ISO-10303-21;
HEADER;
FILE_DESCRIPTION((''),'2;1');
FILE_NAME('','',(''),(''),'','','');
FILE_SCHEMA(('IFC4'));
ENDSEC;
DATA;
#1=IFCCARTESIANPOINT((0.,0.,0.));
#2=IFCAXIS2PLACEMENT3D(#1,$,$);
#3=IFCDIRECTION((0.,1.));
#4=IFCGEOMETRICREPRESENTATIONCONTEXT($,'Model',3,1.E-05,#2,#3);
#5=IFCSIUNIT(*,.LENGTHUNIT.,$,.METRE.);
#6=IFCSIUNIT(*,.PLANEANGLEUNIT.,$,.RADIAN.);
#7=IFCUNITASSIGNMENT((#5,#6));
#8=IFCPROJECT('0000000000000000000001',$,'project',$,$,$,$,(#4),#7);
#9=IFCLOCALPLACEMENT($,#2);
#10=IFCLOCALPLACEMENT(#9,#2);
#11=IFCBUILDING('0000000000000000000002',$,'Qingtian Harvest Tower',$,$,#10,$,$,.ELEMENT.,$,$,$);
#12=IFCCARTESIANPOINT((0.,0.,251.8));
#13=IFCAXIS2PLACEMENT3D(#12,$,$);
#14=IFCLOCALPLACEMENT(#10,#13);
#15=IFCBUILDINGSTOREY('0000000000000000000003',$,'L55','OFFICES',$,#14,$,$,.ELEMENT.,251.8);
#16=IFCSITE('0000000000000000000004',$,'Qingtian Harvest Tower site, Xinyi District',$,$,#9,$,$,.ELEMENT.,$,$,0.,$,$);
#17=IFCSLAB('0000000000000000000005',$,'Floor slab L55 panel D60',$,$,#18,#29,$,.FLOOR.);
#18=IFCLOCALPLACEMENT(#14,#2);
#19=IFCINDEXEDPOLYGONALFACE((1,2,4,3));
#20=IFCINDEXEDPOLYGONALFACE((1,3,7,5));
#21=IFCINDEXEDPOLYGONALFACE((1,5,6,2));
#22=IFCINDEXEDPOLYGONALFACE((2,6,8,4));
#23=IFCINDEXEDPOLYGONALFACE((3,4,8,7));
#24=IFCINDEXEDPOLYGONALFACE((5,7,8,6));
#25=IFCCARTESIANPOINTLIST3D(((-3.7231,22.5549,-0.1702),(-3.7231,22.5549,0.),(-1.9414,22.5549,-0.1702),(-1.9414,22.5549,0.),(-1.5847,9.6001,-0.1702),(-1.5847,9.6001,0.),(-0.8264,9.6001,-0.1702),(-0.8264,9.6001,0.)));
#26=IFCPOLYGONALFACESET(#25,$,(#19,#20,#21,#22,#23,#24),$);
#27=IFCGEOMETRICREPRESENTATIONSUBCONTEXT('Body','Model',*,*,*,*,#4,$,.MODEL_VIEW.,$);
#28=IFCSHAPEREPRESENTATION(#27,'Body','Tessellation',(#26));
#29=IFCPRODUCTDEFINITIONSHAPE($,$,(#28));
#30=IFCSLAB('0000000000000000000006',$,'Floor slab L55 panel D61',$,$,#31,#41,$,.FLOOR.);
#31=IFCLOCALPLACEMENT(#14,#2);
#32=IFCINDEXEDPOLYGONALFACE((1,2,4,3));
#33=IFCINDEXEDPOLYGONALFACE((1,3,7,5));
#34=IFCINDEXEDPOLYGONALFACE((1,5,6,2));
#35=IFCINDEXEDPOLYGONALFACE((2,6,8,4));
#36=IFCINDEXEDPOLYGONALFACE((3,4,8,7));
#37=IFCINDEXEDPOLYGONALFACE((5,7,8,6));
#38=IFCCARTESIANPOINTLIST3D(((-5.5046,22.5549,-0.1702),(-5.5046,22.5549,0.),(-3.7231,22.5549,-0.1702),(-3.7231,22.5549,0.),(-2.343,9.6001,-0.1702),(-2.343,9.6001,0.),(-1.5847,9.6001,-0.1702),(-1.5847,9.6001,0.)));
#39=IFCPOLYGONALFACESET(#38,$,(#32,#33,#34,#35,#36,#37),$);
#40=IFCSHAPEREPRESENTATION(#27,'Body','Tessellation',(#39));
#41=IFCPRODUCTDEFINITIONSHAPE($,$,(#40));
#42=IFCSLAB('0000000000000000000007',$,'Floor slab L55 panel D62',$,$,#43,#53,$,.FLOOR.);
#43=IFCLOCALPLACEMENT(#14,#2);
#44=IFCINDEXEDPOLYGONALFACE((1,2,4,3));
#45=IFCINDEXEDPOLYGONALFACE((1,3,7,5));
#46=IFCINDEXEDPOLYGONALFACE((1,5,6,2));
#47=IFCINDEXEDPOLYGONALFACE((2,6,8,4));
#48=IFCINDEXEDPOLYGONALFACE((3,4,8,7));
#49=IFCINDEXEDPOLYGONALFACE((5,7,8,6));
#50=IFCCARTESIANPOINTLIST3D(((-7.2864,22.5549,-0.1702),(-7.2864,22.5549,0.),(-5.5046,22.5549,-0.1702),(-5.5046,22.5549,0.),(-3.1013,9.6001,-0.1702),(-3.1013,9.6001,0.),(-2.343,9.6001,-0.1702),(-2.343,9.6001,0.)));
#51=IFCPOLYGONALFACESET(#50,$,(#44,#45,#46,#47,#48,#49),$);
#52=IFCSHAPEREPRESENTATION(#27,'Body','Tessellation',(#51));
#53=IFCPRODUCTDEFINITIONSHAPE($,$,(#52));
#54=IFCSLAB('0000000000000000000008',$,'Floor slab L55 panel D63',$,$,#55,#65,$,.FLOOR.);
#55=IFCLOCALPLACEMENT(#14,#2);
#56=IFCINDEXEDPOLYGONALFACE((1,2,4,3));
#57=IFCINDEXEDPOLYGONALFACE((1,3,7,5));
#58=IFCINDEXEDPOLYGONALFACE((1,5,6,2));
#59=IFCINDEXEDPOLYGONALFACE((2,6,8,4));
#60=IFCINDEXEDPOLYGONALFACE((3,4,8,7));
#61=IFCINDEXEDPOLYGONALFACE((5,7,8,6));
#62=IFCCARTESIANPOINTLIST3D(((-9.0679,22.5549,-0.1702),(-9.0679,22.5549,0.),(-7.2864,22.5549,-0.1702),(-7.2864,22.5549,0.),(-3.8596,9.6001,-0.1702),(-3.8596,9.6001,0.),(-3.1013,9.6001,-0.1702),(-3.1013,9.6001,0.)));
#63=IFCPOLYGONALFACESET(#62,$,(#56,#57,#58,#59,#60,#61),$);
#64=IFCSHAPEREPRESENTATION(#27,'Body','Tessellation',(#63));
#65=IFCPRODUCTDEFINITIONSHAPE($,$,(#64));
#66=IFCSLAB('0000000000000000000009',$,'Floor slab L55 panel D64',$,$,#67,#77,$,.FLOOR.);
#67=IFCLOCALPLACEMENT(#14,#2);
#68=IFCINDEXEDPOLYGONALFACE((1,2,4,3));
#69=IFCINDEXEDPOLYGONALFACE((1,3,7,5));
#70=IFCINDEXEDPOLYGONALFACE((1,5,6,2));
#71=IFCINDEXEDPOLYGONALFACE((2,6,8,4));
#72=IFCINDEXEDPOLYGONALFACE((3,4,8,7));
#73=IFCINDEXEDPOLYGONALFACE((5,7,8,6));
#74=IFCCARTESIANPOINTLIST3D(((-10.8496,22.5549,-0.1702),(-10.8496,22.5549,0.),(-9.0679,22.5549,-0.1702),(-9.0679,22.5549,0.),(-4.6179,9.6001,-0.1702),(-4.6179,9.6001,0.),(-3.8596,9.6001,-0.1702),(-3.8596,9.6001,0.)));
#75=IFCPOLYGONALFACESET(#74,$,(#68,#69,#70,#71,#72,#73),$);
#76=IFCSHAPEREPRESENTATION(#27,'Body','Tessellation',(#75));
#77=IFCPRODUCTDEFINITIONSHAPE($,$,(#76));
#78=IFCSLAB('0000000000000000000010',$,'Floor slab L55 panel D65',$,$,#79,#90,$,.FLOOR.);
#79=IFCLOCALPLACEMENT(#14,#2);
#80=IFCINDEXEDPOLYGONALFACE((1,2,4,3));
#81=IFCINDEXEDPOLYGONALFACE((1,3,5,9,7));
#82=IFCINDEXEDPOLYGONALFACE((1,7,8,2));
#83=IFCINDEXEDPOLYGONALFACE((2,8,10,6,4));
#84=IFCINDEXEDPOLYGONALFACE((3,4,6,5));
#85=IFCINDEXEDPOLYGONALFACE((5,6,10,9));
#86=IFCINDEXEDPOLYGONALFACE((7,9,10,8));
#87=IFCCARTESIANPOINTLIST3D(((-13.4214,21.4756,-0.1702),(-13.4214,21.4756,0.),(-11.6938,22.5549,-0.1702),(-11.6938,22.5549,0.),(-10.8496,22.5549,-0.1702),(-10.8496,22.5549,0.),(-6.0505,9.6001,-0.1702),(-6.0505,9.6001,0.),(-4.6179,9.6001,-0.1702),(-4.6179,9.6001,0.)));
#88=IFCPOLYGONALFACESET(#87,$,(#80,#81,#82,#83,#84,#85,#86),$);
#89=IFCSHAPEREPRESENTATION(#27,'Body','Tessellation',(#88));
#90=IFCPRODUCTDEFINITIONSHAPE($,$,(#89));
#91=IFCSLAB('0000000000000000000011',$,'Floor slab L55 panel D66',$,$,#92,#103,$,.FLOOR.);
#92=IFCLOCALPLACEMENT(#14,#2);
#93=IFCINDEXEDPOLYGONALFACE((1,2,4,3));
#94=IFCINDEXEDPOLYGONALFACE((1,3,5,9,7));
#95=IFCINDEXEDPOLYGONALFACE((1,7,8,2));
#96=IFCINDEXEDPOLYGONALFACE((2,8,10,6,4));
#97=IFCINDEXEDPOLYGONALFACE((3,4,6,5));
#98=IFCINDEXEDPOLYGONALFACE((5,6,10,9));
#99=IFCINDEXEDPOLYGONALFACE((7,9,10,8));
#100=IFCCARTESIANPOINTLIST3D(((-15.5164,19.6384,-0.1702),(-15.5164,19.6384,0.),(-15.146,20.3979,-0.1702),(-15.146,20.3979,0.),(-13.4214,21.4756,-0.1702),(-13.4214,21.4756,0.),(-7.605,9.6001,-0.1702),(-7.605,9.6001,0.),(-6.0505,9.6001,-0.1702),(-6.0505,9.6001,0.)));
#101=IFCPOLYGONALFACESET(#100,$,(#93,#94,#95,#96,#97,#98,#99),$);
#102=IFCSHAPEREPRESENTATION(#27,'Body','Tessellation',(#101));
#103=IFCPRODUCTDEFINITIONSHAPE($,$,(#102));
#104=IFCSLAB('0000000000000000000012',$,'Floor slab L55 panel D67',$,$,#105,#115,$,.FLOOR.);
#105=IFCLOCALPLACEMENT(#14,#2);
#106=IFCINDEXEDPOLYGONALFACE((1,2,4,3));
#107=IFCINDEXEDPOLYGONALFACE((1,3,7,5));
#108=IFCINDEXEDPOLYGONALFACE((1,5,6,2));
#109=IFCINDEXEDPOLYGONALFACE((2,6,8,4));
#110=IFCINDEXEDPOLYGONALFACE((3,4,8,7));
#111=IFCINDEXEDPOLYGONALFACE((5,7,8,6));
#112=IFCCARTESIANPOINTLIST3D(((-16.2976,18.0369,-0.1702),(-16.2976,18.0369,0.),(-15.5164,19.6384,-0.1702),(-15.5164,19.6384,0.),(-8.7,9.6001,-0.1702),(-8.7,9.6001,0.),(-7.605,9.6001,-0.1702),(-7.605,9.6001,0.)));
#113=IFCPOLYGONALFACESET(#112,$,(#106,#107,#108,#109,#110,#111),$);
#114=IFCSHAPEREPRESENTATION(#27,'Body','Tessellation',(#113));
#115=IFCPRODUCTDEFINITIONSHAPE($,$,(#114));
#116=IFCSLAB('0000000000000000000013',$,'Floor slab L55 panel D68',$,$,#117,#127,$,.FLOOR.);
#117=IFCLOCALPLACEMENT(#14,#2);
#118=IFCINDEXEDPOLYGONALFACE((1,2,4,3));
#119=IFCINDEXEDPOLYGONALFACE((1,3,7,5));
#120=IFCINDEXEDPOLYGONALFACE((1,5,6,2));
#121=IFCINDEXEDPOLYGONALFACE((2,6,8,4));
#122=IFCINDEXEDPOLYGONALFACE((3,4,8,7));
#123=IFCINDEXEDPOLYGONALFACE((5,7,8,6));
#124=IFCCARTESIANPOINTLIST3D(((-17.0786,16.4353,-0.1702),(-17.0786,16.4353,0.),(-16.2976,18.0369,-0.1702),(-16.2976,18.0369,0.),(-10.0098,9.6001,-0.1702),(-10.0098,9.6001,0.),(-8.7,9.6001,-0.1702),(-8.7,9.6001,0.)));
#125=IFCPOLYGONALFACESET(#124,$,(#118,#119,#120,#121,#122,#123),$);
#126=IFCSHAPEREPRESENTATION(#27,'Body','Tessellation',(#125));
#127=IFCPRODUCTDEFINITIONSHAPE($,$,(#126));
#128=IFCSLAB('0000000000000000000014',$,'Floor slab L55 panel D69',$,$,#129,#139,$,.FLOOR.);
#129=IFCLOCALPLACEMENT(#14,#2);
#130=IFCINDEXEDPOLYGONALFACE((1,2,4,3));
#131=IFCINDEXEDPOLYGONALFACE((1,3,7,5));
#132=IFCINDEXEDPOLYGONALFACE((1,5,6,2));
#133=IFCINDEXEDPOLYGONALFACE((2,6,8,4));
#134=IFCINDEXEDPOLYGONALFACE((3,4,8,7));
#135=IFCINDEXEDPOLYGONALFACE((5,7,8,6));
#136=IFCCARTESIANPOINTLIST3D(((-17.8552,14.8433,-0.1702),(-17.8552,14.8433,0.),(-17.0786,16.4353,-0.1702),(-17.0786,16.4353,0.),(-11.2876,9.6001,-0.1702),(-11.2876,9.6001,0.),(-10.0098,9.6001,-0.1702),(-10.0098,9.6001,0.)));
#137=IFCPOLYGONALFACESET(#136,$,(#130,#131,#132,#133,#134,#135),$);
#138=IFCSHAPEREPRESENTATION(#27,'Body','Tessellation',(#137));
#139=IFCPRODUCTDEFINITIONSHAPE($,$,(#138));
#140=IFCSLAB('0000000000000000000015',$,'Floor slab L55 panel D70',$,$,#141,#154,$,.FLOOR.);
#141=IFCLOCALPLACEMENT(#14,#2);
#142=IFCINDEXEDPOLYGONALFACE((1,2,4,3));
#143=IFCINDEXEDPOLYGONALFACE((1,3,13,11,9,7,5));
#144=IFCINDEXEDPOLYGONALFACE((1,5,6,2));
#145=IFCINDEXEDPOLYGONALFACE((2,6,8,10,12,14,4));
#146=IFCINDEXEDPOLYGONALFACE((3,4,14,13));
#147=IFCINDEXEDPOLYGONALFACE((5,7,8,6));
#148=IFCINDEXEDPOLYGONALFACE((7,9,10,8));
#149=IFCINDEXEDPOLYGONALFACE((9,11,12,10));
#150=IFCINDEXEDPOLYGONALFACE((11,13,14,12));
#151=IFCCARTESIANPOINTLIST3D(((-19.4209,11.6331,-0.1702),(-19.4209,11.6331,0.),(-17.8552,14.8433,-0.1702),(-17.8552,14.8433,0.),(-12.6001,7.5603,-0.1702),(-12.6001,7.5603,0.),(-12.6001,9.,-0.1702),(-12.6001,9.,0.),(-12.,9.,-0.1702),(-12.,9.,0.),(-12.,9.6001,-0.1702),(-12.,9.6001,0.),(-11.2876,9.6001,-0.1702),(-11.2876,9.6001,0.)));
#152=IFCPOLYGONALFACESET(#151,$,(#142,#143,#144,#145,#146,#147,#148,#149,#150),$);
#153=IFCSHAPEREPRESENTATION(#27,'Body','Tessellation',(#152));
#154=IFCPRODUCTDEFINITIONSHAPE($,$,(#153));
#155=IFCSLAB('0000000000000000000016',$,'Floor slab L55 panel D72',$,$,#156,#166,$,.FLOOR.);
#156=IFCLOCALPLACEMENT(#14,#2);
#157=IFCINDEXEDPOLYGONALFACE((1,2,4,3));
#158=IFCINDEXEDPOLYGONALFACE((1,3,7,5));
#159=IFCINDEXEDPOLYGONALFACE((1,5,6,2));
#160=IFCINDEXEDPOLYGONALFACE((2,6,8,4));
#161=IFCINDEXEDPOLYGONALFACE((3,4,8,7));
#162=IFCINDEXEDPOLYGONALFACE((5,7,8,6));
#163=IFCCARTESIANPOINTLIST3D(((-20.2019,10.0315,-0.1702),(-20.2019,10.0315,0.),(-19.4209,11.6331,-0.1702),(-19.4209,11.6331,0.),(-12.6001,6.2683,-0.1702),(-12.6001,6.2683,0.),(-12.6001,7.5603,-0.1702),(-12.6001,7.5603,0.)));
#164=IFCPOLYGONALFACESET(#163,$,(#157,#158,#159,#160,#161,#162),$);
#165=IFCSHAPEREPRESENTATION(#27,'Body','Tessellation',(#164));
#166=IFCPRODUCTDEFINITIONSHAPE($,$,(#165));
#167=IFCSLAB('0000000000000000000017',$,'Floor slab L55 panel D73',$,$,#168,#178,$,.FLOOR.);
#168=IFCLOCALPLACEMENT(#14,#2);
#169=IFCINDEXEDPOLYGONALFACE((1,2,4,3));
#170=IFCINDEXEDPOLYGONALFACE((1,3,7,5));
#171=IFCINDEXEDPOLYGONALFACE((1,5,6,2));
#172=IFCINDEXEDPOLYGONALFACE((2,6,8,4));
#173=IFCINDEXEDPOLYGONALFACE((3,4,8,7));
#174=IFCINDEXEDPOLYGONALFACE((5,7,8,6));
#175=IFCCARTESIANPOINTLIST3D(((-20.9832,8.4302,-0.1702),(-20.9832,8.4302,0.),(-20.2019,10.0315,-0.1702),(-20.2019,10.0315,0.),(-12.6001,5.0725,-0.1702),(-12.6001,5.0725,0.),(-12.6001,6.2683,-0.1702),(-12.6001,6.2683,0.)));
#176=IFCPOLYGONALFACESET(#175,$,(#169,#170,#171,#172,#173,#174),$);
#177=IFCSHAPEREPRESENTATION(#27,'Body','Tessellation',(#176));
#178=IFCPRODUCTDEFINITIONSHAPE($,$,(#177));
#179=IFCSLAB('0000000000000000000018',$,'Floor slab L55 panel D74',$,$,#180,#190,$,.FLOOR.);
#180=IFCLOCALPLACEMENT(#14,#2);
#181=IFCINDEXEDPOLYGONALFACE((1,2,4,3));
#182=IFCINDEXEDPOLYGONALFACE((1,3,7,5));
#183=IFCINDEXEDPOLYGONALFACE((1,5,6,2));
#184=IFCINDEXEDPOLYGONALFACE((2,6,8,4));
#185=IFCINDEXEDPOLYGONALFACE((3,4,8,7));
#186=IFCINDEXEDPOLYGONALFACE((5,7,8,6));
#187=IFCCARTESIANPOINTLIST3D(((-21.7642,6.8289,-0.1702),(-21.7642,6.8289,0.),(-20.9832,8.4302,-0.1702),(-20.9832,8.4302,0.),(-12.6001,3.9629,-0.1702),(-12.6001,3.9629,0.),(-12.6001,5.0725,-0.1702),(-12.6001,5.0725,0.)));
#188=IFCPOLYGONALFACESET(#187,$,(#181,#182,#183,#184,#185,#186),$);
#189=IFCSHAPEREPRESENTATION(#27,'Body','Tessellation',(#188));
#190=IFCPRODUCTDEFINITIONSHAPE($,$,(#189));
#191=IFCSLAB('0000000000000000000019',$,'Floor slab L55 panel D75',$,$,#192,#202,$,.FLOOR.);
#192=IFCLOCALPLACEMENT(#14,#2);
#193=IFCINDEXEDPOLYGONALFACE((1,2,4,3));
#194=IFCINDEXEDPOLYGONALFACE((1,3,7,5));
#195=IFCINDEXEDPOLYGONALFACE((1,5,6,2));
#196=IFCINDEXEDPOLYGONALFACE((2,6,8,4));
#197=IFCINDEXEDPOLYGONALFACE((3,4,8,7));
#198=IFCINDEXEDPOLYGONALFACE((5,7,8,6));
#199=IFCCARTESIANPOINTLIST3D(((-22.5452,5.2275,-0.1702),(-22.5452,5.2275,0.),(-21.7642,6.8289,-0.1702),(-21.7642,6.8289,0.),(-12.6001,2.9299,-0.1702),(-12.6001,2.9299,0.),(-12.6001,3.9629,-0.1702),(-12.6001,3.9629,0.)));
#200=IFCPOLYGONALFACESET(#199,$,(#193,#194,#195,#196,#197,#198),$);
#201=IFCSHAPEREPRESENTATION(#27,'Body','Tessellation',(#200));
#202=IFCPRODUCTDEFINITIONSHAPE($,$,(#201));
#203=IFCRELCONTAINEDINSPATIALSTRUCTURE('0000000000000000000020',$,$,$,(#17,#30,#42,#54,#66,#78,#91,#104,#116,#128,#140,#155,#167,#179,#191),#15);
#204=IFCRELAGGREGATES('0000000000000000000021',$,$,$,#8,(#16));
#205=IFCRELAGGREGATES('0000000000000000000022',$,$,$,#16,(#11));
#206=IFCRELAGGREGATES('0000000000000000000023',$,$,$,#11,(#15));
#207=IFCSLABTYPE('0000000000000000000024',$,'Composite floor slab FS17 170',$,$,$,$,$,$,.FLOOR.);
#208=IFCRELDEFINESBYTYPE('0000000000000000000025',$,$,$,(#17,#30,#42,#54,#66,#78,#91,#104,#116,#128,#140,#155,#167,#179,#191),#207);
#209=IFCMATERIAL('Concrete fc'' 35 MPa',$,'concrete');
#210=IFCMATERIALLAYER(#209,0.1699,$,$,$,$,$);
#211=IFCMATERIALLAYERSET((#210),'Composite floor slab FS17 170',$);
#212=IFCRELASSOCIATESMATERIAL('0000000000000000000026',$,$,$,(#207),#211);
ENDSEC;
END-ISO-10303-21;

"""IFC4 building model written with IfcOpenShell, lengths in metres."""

from ifc_helpers import new_model, si_unit, direction, frame, origin, place, context, subcontext, project, spatial, polyline, outline, extrude, material, layer, layer_set, type_object, element, save


model = new_model("IFC4")

# Units and contexts
model_context = context("Model", 3, precision=1e-05, world=origin(), true_north=direction((0.0, 1.0)))
body_context = subcontext(model_context, "Body", "Model", "MODEL_VIEW")
ifc_project = project(units=[si_unit("LENGTHUNIT", "METRE"), si_unit("PLANEANGLEUNIT", "RADIAN")], contexts=[model_context])

# Site, building, storey
site_placement = place(None, origin())
site = spatial("IfcSite", under=ifc_project, at=site_placement, Name="Qingtian Harvest Tower site, Xinyi District", CompositionType="ELEMENT", RefElevation=0.0)
building_placement = place(site_placement, origin())
building = spatial("IfcBuilding", under=site, at=building_placement, Name="Qingtian Harvest Tower", CompositionType="ELEMENT")
storey_placement = place(building_placement, frame((0.0, 0.0, 251.8)))
storey = spatial("IfcBuildingStorey", under=building, at=storey_placement, Name="L55", Description="OFFICES", CompositionType="ELEMENT", Elevation=251.8)

# Slabs
ifc_material_1 = material(Name="Concrete fc' 35 MPa", Category="concrete")
ifc_layer_1 = layer(ifc_material_1, 0.1699)
ifc_layer_set_1 = layer_set([ifc_layer_1], Name="Composite floor slab FS17 170")
slab_type = type_object("IfcSlabType", Name="Composite floor slab FS17 170", PredefinedType="FLOOR", material=ifc_layer_set_1)
slab_1_placement = place(storey_placement, frame((0.0, 0.0, -0.1702)))
element("IfcSlab", 1, at=slab_1_placement, inside=storey, type_object=slab_type, Name="Floor slab L55 panel D60", PredefinedType="FLOOR", context=body_context, shape_type="SweptSolid", body=[
    extrude(outline(polyline([(-1.5847, 9.6001), (-3.7231, 22.5549), (-1.9414, 22.5549), (-0.8264, 9.6001), (-1.5847, 9.6001)])), origin(), (0.0, 0.0, 1.0), 0.1702),
])
slab_2_placement = place(storey_placement, frame((0.0, 0.0, -0.1702)))
element("IfcSlab", 2, at=slab_2_placement, inside=storey, type_object=slab_type, Name="Floor slab L55 panel D61", PredefinedType="FLOOR", context=body_context, shape_type="SweptSolid", body=[
    extrude(outline(polyline([(-2.343, 9.6001), (-5.5046, 22.5549), (-3.7231, 22.5549), (-1.5847, 9.6001), (-2.343, 9.6001)])), origin(), (0.0, 0.0, 1.0), 0.1702),
])
slab_3_placement = place(storey_placement, frame((0.0, 0.0, -0.1702)))
element("IfcSlab", 3, at=slab_3_placement, inside=storey, type_object=slab_type, Name="Floor slab L55 panel D62", PredefinedType="FLOOR", context=body_context, shape_type="SweptSolid", body=[
    extrude(outline(polyline([(-3.1013, 9.6001), (-7.2864, 22.5549), (-5.5046, 22.5549), (-2.343, 9.6001), (-3.1013, 9.6001)])), origin(), (0.0, 0.0, 1.0), 0.1702),
])
slab_4_placement = place(storey_placement, frame((0.0, 0.0, -0.1702)))
element("IfcSlab", 4, at=slab_4_placement, inside=storey, type_object=slab_type, Name="Floor slab L55 panel D63", PredefinedType="FLOOR", context=body_context, shape_type="SweptSolid", body=[
    extrude(outline(polyline([(-3.8596, 9.6001), (-9.0679, 22.5549), (-7.2864, 22.5549), (-3.1013, 9.6001), (-3.8596, 9.6001)])), origin(), (0.0, 0.0, 1.0), 0.1702),
])
slab_5_placement = place(storey_placement, frame((0.0, 0.0, -0.1702)))
element("IfcSlab", 5, at=slab_5_placement, inside=storey, type_object=slab_type, Name="Floor slab L55 panel D64", PredefinedType="FLOOR", context=body_context, shape_type="SweptSolid", body=[
    extrude(outline(polyline([(-4.6179, 9.6001), (-10.8496, 22.5549), (-9.0679, 22.5549), (-3.8596, 9.6001), (-4.6179, 9.6001)])), origin(), (0.0, 0.0, 1.0), 0.1702),
])
slab_6_placement = place(storey_placement, frame((0.0, 0.0, -0.1702)))
element("IfcSlab", 6, at=slab_6_placement, inside=storey, type_object=slab_type, Name="Floor slab L55 panel D65", PredefinedType="FLOOR", context=body_context, shape_type="SweptSolid", body=[
    extrude(outline(polyline([(-4.6179, 9.6001), (-6.0505, 9.6001), (-13.4214, 21.4756), (-11.6938, 22.5549), (-10.8496, 22.5549), (-4.6179, 9.6001)])), origin(), (0.0, 0.0, 1.0), 0.1702),
])
slab_7_placement = place(storey_placement, frame((0.0, 0.0, -0.1702)))
element("IfcSlab", 7, at=slab_7_placement, inside=storey, type_object=slab_type, Name="Floor slab L55 panel D66", PredefinedType="FLOOR", context=body_context, shape_type="SweptSolid", body=[
    extrude(outline(polyline([(-6.0505, 9.6001), (-7.605, 9.6001), (-15.5164, 19.6384), (-15.146, 20.3979), (-13.4214, 21.4756), (-6.0505, 9.6001)])), origin(), (0.0, 0.0, 1.0), 0.1702),
])
slab_8_placement = place(storey_placement, frame((0.0, 0.0, -0.1702)))
element("IfcSlab", 8, at=slab_8_placement, inside=storey, type_object=slab_type, Name="Floor slab L55 panel D67", PredefinedType="FLOOR", context=body_context, shape_type="SweptSolid", body=[
    extrude(outline(polyline([(-8.7, 9.6001), (-16.2976, 18.0369), (-15.5164, 19.6384), (-7.605, 9.6001), (-8.7, 9.6001)])), origin(), (0.0, 0.0, 1.0), 0.1702),
])
slab_9_placement = place(storey_placement, frame((0.0, 0.0, -0.1702)))
element("IfcSlab", 9, at=slab_9_placement, inside=storey, type_object=slab_type, Name="Floor slab L55 panel D68", PredefinedType="FLOOR", context=body_context, shape_type="SweptSolid", body=[
    extrude(outline(polyline([(-10.0098, 9.6001), (-17.0786, 16.4353), (-16.2976, 18.0369), (-8.7, 9.6001), (-10.0098, 9.6001)])), origin(), (0.0, 0.0, 1.0), 0.1702),
])
slab_10_placement = place(storey_placement, frame((0.0, 0.0, -0.1702)))
element("IfcSlab", 10, at=slab_10_placement, inside=storey, type_object=slab_type, Name="Floor slab L55 panel D69", PredefinedType="FLOOR", context=body_context, shape_type="SweptSolid", body=[
    extrude(outline(polyline([(-11.2876, 9.6001), (-17.8552, 14.8433), (-17.0786, 16.4353), (-10.0098, 9.6001), (-11.2876, 9.6001)])), origin(), (0.0, 0.0, 1.0), 0.1702),
])
slab_11_placement = place(storey_placement, frame((0.0, 0.0, -0.1702)))
element("IfcSlab", 11, at=slab_11_placement, inside=storey, type_object=slab_type, Name="Floor slab L55 panel D70", PredefinedType="FLOOR", context=body_context, shape_type="SweptSolid", body=[
    extrude(outline(polyline([(-12.0, 9.0), (-12.6001, 9.0), (-12.6001, 7.5603), (-19.4209, 11.6331), (-17.8552, 14.8433), (-11.2876, 9.6001), (-12.0, 9.6001), (-12.0, 9.0)])), origin(), (0.0, 0.0, 1.0), 0.1702),
])
slab_12_placement = place(storey_placement, frame((0.0, 0.0, -0.1702)))
element("IfcSlab", 12, at=slab_12_placement, inside=storey, type_object=slab_type, Name="Floor slab L55 panel D72", PredefinedType="FLOOR", context=body_context, shape_type="SweptSolid", body=[
    extrude(outline(polyline([(-12.6001, 6.2683), (-20.2019, 10.0315), (-19.4209, 11.6331), (-12.6001, 7.5603), (-12.6001, 6.2683)])), origin(), (0.0, 0.0, 1.0), 0.1702),
])
slab_13_placement = place(storey_placement, frame((0.0, 0.0, -0.1702)))
element("IfcSlab", 13, at=slab_13_placement, inside=storey, type_object=slab_type, Name="Floor slab L55 panel D73", PredefinedType="FLOOR", context=body_context, shape_type="SweptSolid", body=[
    extrude(outline(polyline([(-12.6001, 5.0725), (-20.9832, 8.4302), (-20.2019, 10.0315), (-12.6001, 6.2683), (-12.6001, 5.0725)])), origin(), (0.0, 0.0, 1.0), 0.1702),
])
slab_14_placement = place(storey_placement, frame((0.0, 0.0, -0.1702)))
element("IfcSlab", 14, at=slab_14_placement, inside=storey, type_object=slab_type, Name="Floor slab L55 panel D74", PredefinedType="FLOOR", context=body_context, shape_type="SweptSolid", body=[
    extrude(outline(polyline([(-12.6001, 3.9629), (-21.7642, 6.8289), (-20.9832, 8.4302), (-12.6001, 5.0725), (-12.6001, 3.9629)])), origin(), (0.0, 0.0, 1.0), 0.1702),
])
slab_15_placement = place(storey_placement, frame((0.0, 0.0, -0.1702)))
element("IfcSlab", 15, at=slab_15_placement, inside=storey, type_object=slab_type, Name="Floor slab L55 panel D75", PredefinedType="FLOOR", context=body_context, shape_type="SweptSolid", body=[
    extrude(outline(polyline([(-12.6001, 2.9299), (-22.5452, 5.2275), (-21.7642, 6.8289), (-12.6001, 3.9629), (-12.6001, 2.9299)])), origin(), (0.0, 0.0, 1.0), 0.1702),
])

save(model, "model.ifc")
